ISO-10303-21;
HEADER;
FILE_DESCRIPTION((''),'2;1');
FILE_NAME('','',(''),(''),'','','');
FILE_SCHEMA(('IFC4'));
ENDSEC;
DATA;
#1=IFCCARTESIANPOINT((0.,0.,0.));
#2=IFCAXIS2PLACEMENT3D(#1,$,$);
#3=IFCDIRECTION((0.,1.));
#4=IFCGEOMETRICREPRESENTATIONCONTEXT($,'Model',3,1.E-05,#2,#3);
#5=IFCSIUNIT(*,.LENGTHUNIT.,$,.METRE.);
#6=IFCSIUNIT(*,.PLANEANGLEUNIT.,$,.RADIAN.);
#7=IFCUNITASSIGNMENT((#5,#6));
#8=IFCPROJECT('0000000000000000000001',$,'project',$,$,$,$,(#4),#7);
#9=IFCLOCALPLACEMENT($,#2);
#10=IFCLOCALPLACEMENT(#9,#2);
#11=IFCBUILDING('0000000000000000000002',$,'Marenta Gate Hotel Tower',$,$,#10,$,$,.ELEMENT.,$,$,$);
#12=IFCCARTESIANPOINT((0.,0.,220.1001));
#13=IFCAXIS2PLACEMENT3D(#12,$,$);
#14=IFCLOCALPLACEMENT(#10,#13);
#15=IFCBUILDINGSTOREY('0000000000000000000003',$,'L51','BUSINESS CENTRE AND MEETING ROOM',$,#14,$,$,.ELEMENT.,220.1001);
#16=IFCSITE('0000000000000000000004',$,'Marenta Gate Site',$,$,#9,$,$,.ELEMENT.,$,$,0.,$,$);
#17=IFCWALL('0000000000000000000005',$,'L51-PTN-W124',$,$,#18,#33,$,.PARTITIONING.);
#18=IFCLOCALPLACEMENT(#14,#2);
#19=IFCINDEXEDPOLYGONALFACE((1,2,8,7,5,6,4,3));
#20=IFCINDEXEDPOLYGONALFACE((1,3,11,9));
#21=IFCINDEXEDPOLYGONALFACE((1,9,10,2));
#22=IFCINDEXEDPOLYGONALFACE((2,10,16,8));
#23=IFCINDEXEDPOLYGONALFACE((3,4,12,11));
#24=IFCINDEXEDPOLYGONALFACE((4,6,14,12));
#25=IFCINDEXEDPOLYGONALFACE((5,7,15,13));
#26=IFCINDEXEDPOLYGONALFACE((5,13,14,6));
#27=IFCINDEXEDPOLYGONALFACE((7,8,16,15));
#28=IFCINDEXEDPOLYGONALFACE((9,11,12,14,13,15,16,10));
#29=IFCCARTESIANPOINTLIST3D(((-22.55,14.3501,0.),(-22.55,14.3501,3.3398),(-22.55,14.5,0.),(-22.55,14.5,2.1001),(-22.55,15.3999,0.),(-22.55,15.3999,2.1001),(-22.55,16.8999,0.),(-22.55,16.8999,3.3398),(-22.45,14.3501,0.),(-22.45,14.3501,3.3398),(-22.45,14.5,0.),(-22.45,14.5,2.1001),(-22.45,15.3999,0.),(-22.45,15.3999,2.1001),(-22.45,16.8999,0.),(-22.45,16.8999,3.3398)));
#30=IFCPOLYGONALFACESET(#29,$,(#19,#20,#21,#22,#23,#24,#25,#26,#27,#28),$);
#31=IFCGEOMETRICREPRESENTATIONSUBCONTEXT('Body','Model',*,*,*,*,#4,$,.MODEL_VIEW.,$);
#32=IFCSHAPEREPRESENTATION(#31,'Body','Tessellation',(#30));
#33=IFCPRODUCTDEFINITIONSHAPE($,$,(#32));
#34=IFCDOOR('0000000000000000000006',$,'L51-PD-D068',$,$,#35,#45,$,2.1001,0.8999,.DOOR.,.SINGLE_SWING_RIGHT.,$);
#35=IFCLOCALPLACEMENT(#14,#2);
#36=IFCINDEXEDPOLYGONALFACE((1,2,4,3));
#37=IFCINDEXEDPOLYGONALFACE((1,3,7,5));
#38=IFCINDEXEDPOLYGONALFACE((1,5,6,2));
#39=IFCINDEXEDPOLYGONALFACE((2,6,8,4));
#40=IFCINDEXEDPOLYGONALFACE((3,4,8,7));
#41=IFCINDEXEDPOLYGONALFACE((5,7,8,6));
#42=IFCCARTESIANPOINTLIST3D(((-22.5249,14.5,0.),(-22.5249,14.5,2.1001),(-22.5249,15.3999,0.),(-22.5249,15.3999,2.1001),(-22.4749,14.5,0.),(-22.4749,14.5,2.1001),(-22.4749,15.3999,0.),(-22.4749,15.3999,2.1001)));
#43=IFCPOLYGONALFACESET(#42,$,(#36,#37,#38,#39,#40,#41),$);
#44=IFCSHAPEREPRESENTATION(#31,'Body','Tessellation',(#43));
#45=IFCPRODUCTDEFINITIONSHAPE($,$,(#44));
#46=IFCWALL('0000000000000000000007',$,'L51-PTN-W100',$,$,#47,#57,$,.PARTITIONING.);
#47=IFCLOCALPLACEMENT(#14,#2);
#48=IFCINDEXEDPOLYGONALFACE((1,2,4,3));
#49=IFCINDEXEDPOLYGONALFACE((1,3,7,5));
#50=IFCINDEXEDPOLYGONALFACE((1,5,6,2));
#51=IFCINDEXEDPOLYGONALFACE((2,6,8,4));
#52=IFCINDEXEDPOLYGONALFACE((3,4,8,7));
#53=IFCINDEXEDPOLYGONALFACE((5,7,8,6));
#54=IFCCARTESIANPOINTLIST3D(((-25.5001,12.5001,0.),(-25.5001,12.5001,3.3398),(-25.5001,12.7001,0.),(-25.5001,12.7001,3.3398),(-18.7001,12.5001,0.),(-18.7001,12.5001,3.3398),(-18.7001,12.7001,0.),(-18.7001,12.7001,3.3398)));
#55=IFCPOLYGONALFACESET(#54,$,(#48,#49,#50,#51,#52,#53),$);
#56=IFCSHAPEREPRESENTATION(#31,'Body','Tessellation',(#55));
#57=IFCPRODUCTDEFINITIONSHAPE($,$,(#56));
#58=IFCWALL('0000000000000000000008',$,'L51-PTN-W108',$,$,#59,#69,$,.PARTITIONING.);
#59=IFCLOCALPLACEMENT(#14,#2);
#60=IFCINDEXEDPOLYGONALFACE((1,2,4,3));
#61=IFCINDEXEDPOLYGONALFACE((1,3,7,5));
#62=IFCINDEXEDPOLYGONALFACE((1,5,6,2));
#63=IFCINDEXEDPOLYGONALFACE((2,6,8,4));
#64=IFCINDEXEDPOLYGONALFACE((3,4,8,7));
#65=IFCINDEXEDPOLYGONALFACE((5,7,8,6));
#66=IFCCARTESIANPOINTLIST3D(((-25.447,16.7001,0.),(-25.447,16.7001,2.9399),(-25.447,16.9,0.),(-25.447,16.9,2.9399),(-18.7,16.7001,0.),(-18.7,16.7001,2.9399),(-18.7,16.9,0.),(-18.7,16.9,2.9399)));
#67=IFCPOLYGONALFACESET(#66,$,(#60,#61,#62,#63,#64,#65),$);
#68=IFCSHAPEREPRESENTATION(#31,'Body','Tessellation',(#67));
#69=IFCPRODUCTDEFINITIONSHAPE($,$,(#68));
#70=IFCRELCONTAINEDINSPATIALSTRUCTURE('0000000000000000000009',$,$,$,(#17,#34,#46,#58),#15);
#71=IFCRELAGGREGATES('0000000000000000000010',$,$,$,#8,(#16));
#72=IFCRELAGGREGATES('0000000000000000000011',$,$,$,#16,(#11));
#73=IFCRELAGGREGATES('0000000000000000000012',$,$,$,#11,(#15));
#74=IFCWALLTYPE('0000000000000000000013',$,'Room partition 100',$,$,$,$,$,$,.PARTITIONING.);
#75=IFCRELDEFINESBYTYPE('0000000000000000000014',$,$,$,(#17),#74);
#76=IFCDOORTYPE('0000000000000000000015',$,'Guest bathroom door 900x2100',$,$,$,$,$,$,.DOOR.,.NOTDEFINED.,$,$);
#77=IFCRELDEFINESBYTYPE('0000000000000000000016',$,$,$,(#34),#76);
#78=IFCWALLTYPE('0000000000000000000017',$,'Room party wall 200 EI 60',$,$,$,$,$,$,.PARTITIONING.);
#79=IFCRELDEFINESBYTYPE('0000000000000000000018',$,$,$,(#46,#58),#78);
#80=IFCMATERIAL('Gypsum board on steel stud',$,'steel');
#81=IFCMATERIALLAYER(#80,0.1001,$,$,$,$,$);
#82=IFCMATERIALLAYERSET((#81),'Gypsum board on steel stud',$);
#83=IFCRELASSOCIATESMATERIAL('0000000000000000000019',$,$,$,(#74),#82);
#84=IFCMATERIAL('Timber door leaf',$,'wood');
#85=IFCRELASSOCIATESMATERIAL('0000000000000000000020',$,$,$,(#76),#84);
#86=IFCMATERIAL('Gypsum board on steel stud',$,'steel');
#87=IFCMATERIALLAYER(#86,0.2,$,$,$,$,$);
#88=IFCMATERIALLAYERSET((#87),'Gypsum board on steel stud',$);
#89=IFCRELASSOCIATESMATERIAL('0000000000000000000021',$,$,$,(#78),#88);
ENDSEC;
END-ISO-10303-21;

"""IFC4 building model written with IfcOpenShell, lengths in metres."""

from ifc_helpers import new_model, si_unit, direction, frame, frame_2d, origin, place, context, subcontext, project, spatial, rectangle, extrude, material, layer, layer_set, type_object, element, fill, save


model = new_model("IFC4")

# Units and contexts
model_context = context("Model", 3, precision=1e-05, world=origin(), true_north=direction((0.0, 1.0)))
body_context = subcontext(model_context, "Body", "Model", "MODEL_VIEW")
ifc_project = project(units=[si_unit("LENGTHUNIT", "METRE"), si_unit("PLANEANGLEUNIT", "RADIAN")], contexts=[model_context])

# Site, building, storey
site_placement = place(None, origin())
site = spatial("IfcSite", under=ifc_project, at=site_placement, Name="Marenta Gate Site", CompositionType="ELEMENT", RefElevation=0.0)
building_placement = place(site_placement, origin())
building = spatial("IfcBuilding", under=site, at=building_placement, Name="Marenta Gate Hotel Tower", CompositionType="ELEMENT")
storey_placement = place(building_placement, frame((0.0, 0.0, 220.1001)))
storey = spatial("IfcBuildingStorey", under=building, at=storey_placement, Name="L51", Description="BUSINESS CENTRE AND MEETING ROOM", CompositionType="ELEMENT", Elevation=220.1001)

# Shared definitions
ifc_material_1 = material(Name="Gypsum board on steel stud", Category="steel")
ifc_layer_1 = layer(ifc_material_1, 0.1001)
ifc_layer_set_1 = layer_set([ifc_layer_1], Name="Gypsum board on steel stud")
wall_type_1 = type_object("IfcWallType", Name="Room partition 100", PredefinedType="PARTITIONING", material=ifc_layer_set_1)

# Wall, opening, door
wall_1_placement = place(storey_placement, frame((-22.5, 14.3501, 0.0), z_axis=(0.0, 0.0, 1.0), x_axis=(0.0, 1.0, 0.0)))
wall_1 = element("IfcWall", 1, at=wall_1_placement, inside=storey, type_object=wall_type_1, Name="L51-PTN-W124", PredefinedType="PARTITIONING", context=body_context, shape_type="SweptSolid", body=[
    extrude(rectangle(XDim=2.5498, YDim=0.1001, at=frame_2d((1.2749, 0.0))), origin(), (0.0, 0.0, 1.0), 3.3398),
])
opening_placement = place(wall_1_placement, frame((0.1499, 0.0, 0.0)))
opening = element("IfcOpeningElement", 2, at=opening_placement, cuts=wall_1, PredefinedType="OPENING", context=body_context, shape_type="SweptSolid", body=[
    extrude(rectangle(XDim=0.8999, YDim=2.1001, at=frame_2d((0.45, 1.05))), frame((0.0, 0.05, 0.0), z_axis=(0.0, -1.0, 0.0), x_axis=(1.0, 0.0, 0.0)), (0.0, 0.0, 1.0), 0.1001),
])
ifc_material_2 = material(Name="Timber door leaf", Category="wood")
door_type = type_object("IfcDoorType", Name="Guest bathroom door 900x2100", OperationType="NOTDEFINED", PredefinedType="DOOR", material=ifc_material_2)
door_placement = place(opening_placement, origin())
door = element("IfcDoor", 3, at=door_placement, inside=storey, type_object=door_type, Name="L51-PD-D068", OperationType="SINGLE_SWING_RIGHT", OverallHeight=2.1001, OverallWidth=0.8999, PredefinedType="DOOR", context=body_context, shape_type="SweptSolid", body=[
    extrude(rectangle(XDim=0.8999, YDim=2.1001, at=frame_2d((0.45, 1.05))), frame((0.0, 0.0249, 0.0), z_axis=(0.0, -1.0, 0.0), x_axis=(1.0, 0.0, 0.0)), (0.0, 0.0, 1.0), 0.05),
])
fill(opening, door)

# Walls
ifc_material_3 = material(Name="Gypsum board on steel stud", Category="steel")
ifc_layer_2 = layer(ifc_material_3, 0.2)
ifc_layer_set_2 = layer_set([ifc_layer_2], Name="Gypsum board on steel stud")
wall_type_2 = type_object("IfcWallType", Name="Room party wall 200 EI 60", PredefinedType="PARTITIONING", material=ifc_layer_set_2)
wall_2_placement = place(storey_placement, frame((-25.5, 12.6001, 0.0), z_axis=(0.0, 0.0, 1.0), x_axis=(1.0, 0.0, 0.0)))
element("IfcWall", 4, at=wall_2_placement, inside=storey, type_object=wall_type_2, Name="L51-PTN-W100", PredefinedType="PARTITIONING", context=body_context, shape_type="SweptSolid", body=[
    extrude(rectangle(XDim=6.8, YDim=0.2, at=frame_2d((3.3999, 0.0))), origin(), (0.0, 0.0, 1.0), 3.3398),
])
wall_3_placement = place(storey_placement, frame((-25.447, 16.8, 0.0), z_axis=(0.0, 0.0, 1.0), x_axis=(1.0, 0.0, 0.0)))
element("IfcWall", 5, at=wall_3_placement, inside=storey, type_object=wall_type_2, Name="L51-PTN-W108", PredefinedType="PARTITIONING", context=body_context, shape_type="SweptSolid", body=[
    extrude(rectangle(XDim=6.7471, YDim=0.2, at=frame_2d((3.3735, 0.0))), origin(), (0.0, 0.0, 1.0), 2.9399),
])

save(model, "model.ifc")
